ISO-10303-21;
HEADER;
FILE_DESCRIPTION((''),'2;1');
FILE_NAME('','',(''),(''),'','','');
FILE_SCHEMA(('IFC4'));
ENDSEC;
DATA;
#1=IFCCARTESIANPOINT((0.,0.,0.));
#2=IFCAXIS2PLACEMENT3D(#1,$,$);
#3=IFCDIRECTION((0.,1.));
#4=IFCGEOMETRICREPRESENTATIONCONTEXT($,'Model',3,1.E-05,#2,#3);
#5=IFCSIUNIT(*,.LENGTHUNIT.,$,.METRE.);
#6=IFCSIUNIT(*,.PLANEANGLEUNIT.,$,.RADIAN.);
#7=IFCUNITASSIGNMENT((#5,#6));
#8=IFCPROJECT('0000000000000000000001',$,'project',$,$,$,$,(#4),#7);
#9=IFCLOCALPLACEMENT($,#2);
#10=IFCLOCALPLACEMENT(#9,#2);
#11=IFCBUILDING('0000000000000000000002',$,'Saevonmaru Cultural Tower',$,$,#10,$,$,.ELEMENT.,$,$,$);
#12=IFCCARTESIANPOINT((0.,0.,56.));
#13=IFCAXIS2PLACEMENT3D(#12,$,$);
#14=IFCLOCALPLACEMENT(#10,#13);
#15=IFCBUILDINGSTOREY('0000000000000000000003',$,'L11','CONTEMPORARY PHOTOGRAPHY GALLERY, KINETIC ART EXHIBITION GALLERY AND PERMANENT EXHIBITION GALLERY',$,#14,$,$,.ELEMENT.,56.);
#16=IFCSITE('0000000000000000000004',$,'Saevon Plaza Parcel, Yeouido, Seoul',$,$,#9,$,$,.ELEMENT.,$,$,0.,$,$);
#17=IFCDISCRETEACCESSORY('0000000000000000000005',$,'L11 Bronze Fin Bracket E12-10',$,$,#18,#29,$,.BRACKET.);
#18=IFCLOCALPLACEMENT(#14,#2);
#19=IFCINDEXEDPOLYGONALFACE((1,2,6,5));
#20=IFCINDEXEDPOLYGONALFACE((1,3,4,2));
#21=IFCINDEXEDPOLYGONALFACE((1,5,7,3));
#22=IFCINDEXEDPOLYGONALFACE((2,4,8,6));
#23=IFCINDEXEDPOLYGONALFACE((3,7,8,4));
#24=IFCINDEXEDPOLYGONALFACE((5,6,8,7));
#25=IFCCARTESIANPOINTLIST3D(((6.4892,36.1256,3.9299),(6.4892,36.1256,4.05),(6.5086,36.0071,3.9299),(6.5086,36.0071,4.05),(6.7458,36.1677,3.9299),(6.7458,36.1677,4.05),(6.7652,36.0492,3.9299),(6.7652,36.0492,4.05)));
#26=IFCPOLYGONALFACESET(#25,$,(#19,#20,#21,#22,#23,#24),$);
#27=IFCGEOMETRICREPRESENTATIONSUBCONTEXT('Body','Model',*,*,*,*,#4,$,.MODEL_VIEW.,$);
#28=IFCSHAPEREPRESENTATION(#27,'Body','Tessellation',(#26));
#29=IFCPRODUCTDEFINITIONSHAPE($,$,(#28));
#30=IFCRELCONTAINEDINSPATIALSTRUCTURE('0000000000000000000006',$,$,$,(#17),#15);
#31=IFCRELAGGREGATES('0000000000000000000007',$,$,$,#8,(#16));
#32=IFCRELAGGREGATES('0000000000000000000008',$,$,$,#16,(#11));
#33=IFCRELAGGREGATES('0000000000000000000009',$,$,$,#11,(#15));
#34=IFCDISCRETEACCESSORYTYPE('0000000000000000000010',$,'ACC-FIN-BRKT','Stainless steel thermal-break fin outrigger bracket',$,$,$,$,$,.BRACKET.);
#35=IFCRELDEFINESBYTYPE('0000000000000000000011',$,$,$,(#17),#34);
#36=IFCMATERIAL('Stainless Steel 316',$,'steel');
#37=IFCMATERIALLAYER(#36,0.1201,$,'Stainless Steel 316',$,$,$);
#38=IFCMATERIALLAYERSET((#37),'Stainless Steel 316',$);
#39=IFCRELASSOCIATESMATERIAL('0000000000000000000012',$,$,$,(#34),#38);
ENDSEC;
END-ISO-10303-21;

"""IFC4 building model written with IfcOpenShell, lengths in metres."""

from ifc_helpers import new_model, si_unit, direction, frame, origin, origin_2d, place, context, subcontext, project, spatial, rectangle, extrude, material, layer, layer_set, type_object, element, save


model = new_model("IFC4")

# Units and contexts
model_context = context("Model", 3, precision=1e-05, world=origin(), true_north=direction((0.0, 1.0)))
body_context = subcontext(model_context, "Body", "Model", "MODEL_VIEW")
ifc_project = project(units=[si_unit("LENGTHUNIT", "METRE"), si_unit("PLANEANGLEUNIT", "RADIAN")], contexts=[model_context])

# Site, building, storey
site_placement = place(None, origin())
site = spatial("IfcSite", under=ifc_project, at=site_placement, Name="Saevon Plaza Parcel, Yeouido, Seoul", CompositionType="ELEMENT", RefElevation=0.0)
building_placement = place(site_placement, origin())
building = spatial("IfcBuilding", under=site, at=building_placement, Name="Saevonmaru Cultural Tower", CompositionType="ELEMENT")
storey_placement = place(building_placement, frame((0.0, 0.0, 56.0)))
storey = spatial("IfcBuildingStorey", under=building, at=storey_placement, Name="L11", Description="CONTEMPORARY PHOTOGRAPHY GALLERY, KINETIC ART EXHIBITION GALLERY AND PERMANENT EXHIBITION GALLERY", CompositionType="ELEMENT", Elevation=56.0)

# Discrete accessory
ifc_material_1 = material(Name="Stainless Steel 316", Category="steel")
ifc_layer_1 = layer(ifc_material_1, 0.1201, Name="Stainless Steel 316")
ifc_layer_set_1 = layer_set([ifc_layer_1], Name="Stainless Steel 316")
discrete_accessory_type = type_object("IfcDiscreteAccessoryType", Name="ACC-FIN-BRKT", Description="Stainless steel thermal-break fin outrigger bracket", PredefinedType="BRACKET", material=ifc_layer_set_1)
for number, where, z_axis, x_axis, name in (
    (1, (6.6272, 36.0874, 3.9299), (0.0, 0.0, 1.0), (-0.986827, -0.161776, 0.0), "L11 Bronze Fin Bracket E12-10"),
):
    element("IfcDiscreteAccessory", number, at=place(storey_placement, frame(where, z_axis=z_axis, x_axis=x_axis)), inside=storey, type_object=discrete_accessory_type, Name=name, PredefinedType="BRACKET", context=body_context, shape_type="SweptSolid", body=[
        extrude(rectangle(XDim=0.26, YDim=0.1201, at=origin_2d()), origin(), (0.0, 0.0, 1.0), 0.1201),
    ])

save(model, "model.ifc")
